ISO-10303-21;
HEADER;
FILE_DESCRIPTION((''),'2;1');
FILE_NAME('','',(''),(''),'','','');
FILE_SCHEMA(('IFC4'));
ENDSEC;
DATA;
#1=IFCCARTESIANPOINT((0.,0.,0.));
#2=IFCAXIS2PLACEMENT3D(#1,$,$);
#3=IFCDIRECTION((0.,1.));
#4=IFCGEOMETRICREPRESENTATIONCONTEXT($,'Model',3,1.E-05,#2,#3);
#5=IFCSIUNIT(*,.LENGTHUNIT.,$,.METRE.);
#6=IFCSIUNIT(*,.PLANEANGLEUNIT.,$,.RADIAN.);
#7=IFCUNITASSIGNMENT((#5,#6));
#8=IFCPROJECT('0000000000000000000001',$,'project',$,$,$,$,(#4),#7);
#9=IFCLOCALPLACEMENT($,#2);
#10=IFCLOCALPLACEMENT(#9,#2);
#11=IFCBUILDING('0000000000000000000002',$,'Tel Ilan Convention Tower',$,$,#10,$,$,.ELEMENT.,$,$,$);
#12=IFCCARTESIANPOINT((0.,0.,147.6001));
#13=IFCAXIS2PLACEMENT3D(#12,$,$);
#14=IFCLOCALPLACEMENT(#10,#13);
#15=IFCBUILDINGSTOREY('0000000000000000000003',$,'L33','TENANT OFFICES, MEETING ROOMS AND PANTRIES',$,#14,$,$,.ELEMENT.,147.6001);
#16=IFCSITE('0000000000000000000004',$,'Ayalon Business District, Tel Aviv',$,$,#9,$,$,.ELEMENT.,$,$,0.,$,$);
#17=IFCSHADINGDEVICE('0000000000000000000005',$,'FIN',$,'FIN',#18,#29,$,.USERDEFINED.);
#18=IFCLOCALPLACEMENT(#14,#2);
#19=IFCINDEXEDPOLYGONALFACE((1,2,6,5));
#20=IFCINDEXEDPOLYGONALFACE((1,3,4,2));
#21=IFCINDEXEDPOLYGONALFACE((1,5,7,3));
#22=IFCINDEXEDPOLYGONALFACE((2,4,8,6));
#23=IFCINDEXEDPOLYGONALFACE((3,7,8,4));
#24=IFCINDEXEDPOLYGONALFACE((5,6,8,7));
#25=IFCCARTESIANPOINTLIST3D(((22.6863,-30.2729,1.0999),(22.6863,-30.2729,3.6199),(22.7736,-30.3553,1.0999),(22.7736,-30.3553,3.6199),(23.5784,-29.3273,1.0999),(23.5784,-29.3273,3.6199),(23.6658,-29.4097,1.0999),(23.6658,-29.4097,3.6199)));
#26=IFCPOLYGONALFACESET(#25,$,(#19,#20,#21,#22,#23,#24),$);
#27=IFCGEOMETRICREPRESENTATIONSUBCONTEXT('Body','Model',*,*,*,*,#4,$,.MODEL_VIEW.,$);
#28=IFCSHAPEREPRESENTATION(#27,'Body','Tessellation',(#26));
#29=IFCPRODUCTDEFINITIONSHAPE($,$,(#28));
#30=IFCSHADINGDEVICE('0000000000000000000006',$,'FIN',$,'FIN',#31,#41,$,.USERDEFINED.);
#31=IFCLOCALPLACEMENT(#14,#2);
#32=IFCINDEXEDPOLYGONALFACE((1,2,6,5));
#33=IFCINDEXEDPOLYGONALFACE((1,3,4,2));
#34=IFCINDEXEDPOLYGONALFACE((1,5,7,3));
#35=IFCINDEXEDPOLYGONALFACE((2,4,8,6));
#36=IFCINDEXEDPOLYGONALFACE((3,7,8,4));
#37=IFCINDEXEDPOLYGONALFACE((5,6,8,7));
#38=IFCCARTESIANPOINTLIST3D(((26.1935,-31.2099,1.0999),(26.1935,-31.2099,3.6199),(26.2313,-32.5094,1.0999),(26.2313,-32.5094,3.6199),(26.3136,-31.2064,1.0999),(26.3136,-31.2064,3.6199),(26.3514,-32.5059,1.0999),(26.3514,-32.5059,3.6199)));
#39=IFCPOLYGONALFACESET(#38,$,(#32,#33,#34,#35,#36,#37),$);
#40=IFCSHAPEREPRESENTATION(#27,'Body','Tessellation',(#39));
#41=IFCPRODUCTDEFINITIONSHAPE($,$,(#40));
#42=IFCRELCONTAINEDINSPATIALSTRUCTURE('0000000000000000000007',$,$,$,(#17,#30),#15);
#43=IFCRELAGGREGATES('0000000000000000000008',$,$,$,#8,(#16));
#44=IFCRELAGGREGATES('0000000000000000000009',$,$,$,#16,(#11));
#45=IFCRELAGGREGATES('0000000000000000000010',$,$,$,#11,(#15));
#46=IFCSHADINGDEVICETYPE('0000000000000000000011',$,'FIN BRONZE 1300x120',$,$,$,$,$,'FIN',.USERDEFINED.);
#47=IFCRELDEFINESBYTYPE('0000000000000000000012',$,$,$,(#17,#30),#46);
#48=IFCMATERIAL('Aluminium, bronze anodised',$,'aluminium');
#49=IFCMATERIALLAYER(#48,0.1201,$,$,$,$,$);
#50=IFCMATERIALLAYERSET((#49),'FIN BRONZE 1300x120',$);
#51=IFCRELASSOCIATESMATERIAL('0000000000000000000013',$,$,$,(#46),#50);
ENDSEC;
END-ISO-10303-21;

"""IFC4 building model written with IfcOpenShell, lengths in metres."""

from ifc_helpers import new_model, si_unit, direction, frame, origin, origin_2d, place, context, subcontext, project, spatial, rectangle, extrude, material, layer, layer_set, type_object, element, save


model = new_model("IFC4")

# Units and contexts
model_context = context("Model", 3, precision=1e-05, world=origin(), true_north=direction((0.0, 1.0)))
body_context = subcontext(model_context, "Body", "Model", "MODEL_VIEW")
ifc_project = project(units=[si_unit("LENGTHUNIT", "METRE"), si_unit("PLANEANGLEUNIT", "RADIAN")], contexts=[model_context])

# Site, building, storey
site_placement = place(None, origin())
site = spatial("IfcSite", under=ifc_project, at=site_placement, Name="Ayalon Business District, Tel Aviv", CompositionType="ELEMENT", RefElevation=0.0)
building_placement = place(site_placement, origin())
building = spatial("IfcBuilding", under=site, at=building_placement, Name="Tel Ilan Convention Tower", CompositionType="ELEMENT")
storey_placement = place(building_placement, frame((0.0, 0.0, 147.6001)))
storey = spatial("IfcBuildingStorey", under=building, at=storey_placement, Name="L33", Description="TENANT OFFICES, MEETING ROOMS AND PANTRIES", CompositionType="ELEMENT", Elevation=147.6001)

# Shading devices
ifc_material_1 = material(Name="Aluminium, bronze anodised", Category="aluminium")
ifc_layer_1 = layer(ifc_material_1, 0.1201)
ifc_layer_set_1 = layer_set([ifc_layer_1], Name="FIN BRONZE 1300x120")
shading_device_type = type_object("IfcShadingDeviceType", Name="FIN BRONZE 1300x120", ElementType="FIN", PredefinedType="USERDEFINED", material=ifc_layer_set_1)
for number, where, z_axis, x_axis, name in (
    (1, (23.176, -29.8413, 1.0999), (0.0, 0.0, 1.0), (-0.686242, -0.727374, 0.0), "FIN"),
    (2, (26.2725, -31.8579, 1.0999), (0.0, 0.0, 1.0), (0.029085, -0.999577, 0.0), "FIN"),
):
    element("IfcShadingDevice", number, at=place(storey_placement, frame(where, z_axis=z_axis, x_axis=x_axis)), inside=storey, type_object=shading_device_type, Name=name, ObjectType="FIN", PredefinedType="USERDEFINED", context=body_context, shape_type="SweptSolid", body=[
        extrude(rectangle(XDim=1.3, YDim=0.1201, at=origin_2d()), origin(), (0.0, 0.0, 1.0), 2.52),
    ])

save(model, "model.ifc")
